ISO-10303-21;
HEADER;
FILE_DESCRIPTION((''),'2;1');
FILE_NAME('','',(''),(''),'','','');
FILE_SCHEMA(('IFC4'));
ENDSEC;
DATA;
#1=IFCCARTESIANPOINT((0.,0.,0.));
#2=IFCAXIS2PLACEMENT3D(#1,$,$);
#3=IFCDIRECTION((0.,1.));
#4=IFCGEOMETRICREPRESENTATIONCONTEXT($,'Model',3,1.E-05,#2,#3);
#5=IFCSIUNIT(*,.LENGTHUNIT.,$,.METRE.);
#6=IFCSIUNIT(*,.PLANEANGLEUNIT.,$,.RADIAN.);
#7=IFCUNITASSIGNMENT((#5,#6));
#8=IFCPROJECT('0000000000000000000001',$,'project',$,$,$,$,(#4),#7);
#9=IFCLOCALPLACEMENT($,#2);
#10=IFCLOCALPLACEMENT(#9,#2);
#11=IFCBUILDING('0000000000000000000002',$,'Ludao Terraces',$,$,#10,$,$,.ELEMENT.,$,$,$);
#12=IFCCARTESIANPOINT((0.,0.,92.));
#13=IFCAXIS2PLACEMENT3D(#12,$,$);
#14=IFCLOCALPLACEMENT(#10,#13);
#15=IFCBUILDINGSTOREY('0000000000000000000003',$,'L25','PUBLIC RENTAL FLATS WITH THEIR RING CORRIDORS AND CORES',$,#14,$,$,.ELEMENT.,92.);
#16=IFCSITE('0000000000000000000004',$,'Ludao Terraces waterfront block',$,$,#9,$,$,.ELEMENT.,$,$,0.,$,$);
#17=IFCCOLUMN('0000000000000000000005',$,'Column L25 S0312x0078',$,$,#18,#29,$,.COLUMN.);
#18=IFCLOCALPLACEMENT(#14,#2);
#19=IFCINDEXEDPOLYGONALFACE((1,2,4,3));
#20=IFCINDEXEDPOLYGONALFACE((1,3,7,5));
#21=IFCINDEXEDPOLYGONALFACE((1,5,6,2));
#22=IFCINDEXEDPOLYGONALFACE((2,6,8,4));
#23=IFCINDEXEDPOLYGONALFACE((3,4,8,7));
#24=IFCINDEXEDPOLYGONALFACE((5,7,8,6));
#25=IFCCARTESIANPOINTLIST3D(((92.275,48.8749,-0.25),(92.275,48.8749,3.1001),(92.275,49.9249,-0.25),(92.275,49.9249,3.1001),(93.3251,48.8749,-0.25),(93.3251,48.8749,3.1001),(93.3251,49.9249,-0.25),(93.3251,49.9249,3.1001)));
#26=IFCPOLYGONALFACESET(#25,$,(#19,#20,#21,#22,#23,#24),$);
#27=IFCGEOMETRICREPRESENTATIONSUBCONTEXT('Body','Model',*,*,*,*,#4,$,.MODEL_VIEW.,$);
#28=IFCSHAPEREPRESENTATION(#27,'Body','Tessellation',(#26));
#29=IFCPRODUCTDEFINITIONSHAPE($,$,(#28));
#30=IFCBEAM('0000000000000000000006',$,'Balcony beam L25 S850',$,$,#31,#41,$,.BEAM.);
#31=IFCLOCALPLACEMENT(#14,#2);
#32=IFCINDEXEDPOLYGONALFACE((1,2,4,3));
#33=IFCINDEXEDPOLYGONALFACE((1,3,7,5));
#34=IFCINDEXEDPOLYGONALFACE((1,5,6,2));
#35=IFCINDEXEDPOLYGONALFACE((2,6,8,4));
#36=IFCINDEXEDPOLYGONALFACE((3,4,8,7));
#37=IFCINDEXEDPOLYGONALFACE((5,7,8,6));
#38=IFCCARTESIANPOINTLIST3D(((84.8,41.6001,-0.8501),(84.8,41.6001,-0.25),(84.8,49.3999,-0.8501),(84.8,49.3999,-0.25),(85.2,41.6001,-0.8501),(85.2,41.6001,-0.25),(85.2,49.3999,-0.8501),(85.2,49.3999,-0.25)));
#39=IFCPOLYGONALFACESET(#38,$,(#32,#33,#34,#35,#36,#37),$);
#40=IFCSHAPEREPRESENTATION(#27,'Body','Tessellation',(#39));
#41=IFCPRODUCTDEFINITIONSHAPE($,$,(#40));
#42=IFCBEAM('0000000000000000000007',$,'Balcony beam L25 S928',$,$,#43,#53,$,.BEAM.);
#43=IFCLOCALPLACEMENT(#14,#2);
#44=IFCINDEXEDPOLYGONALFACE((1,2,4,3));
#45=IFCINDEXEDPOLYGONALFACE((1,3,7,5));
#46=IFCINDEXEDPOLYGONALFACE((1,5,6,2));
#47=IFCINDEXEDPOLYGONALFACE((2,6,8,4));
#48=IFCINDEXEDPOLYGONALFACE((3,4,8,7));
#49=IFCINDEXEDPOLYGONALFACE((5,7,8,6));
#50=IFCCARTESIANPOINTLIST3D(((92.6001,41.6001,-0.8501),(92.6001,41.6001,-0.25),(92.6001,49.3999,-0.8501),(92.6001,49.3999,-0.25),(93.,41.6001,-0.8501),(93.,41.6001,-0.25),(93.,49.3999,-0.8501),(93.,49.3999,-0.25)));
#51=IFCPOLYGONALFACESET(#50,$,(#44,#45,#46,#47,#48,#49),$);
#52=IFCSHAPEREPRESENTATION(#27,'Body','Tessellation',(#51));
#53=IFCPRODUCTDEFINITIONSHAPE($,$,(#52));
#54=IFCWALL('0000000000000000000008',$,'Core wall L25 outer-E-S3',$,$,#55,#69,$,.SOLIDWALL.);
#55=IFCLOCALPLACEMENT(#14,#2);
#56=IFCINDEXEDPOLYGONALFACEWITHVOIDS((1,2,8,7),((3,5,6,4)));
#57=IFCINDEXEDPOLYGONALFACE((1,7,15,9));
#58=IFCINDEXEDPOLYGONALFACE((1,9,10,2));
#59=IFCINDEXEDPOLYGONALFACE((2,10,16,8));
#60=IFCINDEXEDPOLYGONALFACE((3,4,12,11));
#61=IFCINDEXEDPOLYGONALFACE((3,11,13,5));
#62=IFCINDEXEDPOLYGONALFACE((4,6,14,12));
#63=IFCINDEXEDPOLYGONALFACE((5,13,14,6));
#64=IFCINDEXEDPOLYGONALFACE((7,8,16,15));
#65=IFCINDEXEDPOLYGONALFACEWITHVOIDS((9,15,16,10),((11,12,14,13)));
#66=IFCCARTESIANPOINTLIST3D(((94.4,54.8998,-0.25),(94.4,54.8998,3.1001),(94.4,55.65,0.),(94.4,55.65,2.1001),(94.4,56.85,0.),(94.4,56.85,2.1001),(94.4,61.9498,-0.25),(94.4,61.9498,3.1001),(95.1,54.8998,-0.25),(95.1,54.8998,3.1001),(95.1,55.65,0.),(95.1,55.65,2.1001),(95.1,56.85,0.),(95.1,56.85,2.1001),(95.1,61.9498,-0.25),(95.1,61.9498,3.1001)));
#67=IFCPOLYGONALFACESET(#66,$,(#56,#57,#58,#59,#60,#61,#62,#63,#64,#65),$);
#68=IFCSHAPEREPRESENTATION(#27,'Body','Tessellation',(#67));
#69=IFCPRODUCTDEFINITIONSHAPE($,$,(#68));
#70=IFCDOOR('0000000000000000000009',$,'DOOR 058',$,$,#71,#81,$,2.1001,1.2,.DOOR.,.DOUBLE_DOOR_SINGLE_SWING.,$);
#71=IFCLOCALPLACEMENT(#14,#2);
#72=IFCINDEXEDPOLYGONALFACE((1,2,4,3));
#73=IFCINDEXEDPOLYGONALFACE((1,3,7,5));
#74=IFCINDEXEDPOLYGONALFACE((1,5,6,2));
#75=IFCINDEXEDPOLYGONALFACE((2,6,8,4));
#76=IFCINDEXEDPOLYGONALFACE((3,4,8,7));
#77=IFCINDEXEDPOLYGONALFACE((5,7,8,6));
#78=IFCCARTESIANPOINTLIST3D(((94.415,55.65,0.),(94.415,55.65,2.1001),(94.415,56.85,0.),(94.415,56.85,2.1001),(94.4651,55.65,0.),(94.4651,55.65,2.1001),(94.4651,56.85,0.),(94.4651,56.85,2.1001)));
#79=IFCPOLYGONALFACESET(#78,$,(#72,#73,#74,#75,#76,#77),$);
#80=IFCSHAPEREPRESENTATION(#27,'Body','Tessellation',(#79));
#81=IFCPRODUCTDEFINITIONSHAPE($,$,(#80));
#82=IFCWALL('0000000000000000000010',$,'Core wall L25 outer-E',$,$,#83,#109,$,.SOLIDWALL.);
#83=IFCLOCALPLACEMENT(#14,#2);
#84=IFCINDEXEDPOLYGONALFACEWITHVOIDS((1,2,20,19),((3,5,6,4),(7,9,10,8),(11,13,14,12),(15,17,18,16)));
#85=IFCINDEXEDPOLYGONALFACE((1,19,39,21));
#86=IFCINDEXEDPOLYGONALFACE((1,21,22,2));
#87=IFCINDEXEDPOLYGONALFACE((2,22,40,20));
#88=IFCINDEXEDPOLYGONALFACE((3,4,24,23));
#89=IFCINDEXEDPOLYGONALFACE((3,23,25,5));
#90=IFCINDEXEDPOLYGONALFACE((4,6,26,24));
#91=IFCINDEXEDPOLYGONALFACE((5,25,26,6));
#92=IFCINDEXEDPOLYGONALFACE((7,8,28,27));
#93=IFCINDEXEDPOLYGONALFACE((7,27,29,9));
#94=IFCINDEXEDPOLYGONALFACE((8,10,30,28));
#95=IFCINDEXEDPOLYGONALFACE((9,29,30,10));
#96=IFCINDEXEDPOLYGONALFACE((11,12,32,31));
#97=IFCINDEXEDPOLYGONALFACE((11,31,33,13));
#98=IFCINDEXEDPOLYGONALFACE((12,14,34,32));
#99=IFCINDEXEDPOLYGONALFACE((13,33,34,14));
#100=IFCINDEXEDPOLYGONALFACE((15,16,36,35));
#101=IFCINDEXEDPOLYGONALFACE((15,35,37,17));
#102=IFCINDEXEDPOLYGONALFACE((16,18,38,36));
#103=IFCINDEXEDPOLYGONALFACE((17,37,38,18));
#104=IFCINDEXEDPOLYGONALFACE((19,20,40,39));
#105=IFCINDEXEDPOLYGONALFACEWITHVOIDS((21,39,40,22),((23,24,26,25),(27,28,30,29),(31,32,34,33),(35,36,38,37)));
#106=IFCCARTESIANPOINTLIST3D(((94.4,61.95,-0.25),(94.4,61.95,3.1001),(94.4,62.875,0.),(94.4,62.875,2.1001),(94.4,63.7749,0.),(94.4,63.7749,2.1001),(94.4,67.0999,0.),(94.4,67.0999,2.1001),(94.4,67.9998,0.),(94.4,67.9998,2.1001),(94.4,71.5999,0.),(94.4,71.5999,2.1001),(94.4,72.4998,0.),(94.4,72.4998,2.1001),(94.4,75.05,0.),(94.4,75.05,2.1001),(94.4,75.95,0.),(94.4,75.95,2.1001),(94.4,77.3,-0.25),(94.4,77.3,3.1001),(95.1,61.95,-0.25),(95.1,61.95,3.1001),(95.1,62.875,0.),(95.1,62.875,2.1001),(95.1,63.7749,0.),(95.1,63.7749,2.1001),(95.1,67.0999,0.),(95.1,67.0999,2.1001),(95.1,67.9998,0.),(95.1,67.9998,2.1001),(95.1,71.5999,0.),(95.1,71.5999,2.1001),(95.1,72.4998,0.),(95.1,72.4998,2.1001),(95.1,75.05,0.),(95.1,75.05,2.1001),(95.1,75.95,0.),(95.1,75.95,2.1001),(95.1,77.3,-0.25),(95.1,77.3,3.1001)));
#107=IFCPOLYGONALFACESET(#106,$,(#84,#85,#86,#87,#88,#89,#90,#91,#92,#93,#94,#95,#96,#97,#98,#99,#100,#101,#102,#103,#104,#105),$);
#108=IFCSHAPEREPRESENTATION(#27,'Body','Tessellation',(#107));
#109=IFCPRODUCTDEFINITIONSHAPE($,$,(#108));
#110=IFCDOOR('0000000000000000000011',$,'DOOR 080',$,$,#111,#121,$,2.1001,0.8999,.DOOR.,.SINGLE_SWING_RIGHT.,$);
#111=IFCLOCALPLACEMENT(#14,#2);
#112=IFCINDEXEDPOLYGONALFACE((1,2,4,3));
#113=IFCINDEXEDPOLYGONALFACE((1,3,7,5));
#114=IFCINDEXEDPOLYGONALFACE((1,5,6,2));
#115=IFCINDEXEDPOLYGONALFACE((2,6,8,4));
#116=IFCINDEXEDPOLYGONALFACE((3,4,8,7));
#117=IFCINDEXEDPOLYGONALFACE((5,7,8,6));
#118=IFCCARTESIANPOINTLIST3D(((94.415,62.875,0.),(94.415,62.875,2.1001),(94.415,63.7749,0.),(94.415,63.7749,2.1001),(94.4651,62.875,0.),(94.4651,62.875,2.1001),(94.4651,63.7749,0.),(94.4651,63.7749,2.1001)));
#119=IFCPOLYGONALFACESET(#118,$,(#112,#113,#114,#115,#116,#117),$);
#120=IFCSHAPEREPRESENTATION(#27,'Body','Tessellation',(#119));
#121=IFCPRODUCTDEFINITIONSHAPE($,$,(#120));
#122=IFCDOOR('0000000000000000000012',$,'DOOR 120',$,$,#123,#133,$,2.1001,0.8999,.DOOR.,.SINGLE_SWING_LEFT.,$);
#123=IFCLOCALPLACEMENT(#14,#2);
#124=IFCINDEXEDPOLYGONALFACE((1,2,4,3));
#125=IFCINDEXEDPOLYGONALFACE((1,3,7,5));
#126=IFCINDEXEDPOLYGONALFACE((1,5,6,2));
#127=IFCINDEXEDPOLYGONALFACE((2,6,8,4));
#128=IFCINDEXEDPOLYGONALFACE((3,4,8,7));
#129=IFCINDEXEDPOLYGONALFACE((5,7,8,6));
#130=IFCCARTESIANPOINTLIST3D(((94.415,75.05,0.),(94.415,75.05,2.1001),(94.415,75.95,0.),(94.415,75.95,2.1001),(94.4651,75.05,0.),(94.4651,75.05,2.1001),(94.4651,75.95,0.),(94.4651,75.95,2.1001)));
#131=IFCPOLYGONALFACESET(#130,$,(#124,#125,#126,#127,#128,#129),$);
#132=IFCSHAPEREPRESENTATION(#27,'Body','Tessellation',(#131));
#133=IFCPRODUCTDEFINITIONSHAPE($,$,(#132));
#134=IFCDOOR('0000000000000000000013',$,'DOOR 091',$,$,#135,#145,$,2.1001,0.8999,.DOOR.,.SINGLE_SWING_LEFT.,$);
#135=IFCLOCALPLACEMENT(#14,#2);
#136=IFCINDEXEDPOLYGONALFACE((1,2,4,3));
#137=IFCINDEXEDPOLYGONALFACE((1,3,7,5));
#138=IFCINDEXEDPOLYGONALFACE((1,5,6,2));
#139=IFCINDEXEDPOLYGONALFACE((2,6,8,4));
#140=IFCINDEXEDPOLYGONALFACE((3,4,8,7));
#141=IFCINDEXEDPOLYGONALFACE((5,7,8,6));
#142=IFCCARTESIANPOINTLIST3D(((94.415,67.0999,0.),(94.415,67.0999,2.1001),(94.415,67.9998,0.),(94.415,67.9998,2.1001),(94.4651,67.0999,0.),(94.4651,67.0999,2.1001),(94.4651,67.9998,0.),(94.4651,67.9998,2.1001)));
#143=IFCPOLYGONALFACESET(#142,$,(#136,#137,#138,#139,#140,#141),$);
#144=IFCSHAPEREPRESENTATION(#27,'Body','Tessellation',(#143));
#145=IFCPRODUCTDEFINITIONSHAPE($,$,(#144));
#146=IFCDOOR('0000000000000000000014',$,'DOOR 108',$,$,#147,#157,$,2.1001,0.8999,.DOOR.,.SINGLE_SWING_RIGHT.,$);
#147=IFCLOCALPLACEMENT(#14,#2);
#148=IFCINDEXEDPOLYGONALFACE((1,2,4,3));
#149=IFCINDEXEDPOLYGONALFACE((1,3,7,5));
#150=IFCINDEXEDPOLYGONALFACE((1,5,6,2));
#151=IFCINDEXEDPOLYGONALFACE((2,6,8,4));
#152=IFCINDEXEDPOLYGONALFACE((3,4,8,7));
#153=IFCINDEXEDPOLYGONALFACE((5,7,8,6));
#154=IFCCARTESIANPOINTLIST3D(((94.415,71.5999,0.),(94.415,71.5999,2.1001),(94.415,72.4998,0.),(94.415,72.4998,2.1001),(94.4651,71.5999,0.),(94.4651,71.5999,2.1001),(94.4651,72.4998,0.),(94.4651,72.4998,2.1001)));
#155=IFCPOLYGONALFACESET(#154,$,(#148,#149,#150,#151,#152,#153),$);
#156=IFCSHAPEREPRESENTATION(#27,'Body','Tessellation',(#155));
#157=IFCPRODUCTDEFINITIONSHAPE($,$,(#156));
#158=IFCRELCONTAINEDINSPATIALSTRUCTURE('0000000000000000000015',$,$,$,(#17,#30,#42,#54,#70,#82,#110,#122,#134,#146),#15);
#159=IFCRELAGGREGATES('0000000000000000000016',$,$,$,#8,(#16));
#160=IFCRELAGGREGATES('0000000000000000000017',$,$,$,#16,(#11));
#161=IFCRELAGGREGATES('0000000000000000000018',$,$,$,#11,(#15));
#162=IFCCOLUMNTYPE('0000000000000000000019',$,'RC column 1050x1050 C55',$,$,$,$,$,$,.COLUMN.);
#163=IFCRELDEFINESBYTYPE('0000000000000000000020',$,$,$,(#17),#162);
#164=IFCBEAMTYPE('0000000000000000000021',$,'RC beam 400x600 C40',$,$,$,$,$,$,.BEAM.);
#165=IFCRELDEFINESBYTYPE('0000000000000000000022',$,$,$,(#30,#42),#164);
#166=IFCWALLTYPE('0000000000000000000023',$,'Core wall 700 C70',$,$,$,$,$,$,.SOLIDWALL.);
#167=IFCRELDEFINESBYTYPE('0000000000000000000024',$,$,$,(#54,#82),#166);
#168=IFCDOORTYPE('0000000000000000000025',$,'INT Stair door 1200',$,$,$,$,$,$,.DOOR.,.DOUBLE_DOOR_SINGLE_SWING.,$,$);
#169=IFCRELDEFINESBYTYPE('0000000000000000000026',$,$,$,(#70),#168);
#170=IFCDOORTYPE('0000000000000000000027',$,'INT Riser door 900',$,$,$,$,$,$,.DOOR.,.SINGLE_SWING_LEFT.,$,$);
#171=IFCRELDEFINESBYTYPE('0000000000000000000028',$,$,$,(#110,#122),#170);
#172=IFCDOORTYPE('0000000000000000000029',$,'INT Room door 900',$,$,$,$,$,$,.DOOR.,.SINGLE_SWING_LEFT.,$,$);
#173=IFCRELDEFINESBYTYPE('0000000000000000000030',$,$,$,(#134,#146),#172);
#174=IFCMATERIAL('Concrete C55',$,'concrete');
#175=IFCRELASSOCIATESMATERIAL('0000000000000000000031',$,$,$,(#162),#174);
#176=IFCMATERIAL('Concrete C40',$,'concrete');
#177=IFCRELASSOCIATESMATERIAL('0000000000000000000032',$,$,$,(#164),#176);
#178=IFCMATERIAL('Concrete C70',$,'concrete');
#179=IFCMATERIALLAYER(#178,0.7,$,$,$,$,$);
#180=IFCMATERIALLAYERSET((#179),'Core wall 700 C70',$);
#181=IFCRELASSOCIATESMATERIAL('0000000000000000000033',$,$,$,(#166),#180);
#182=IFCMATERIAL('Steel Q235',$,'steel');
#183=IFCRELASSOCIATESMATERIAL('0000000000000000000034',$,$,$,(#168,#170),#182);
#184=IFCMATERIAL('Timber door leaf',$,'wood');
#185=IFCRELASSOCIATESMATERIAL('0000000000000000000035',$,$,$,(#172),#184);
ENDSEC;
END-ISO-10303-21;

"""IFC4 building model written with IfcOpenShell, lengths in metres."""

from ifc_helpers import new_model, si_unit, direction, frame, frame_2d, origin, origin_2d, place, context, subcontext, project, spatial, rectangle, extrude, material, layer, layer_set, material_profile, profile_set, type_object, element, fill, save


model = new_model("IFC4")

# Units and contexts
model_context = context("Model", 3, precision=1e-05, world=origin(), true_north=direction((0.0, 1.0)))
body_context = subcontext(model_context, "Body", "Model", "MODEL_VIEW")
ifc_project = project(units=[si_unit("LENGTHUNIT", "METRE"), si_unit("PLANEANGLEUNIT", "RADIAN")], contexts=[model_context])

# Site, building, storey
site_placement = place(None, origin())
site = spatial("IfcSite", under=ifc_project, at=site_placement, Name="Ludao Terraces waterfront block", CompositionType="ELEMENT", RefElevation=0.0)
building_placement = place(site_placement, origin())
building = spatial("IfcBuilding", under=site, at=building_placement, Name="Ludao Terraces", CompositionType="ELEMENT")
storey_placement = place(building_placement, frame((0.0, 0.0, 92.0)))
storey = spatial("IfcBuildingStorey", under=building, at=storey_placement, Name="L25", Description="PUBLIC RENTAL FLATS WITH THEIR RING CORRIDORS AND CORES", CompositionType="ELEMENT", Elevation=92.0)

# Column
ifc_material_1 = material(Name="Concrete C55", Category="concrete")
ifc_material_profile_1 = material_profile(ifc_material_1, rectangle(XDim=1.05, YDim=1.05, at=origin_2d()), Name="1050 X 1050")
ifc_profile_set_1 = profile_set([ifc_material_profile_1], Name="Concrete C55")
column_type = type_object("IfcColumnType", Name="RC column 1050x1050 C55", PredefinedType="COLUMN", material=ifc_profile_set_1)
column_placement = place(storey_placement, frame((92.8, 49.3999, -0.25), z_axis=(0.0, 0.0, 1.0), x_axis=(1.0, 0.0, 0.0)))
element("IfcColumn", 1, at=column_placement, inside=storey, type_object=column_type, Name="Column L25 S0312x0078", PredefinedType="COLUMN", context=body_context, shape_type="SweptSolid", body=[
    extrude(rectangle(XDim=1.05, YDim=1.05, at=origin_2d()), origin(), (0.0, 0.0, 1.0), 3.3501),
])

# Beams
ifc_material_2 = material(Name="Concrete C40", Category="concrete")
ifc_material_profile_2 = material_profile(ifc_material_2, rectangle(XDim=0.3999, YDim=0.6001, at=origin_2d()), Name="400 X 600")
ifc_profile_set_2 = profile_set([ifc_material_profile_2], Name="Concrete C40")
beam_type = type_object("IfcBeamType", Name="RC beam 400x600 C40", PredefinedType="BEAM", material=ifc_profile_set_2)
for number, where, z_axis, x_axis, name in (
    (2, (85.0, 49.3999, -0.55), (0.0, -1.0, 0.0), (1.0, 0.0, 0.0), "Balcony beam L25 S850"),
    (3, (92.8, 49.3999, -0.55), (0.0, -1.0, 0.0), (1.0, 0.0, 0.0), "Balcony beam L25 S928"),
):
    element("IfcBeam", number, at=place(storey_placement, frame(where, z_axis=z_axis, x_axis=x_axis)), inside=storey, type_object=beam_type, Name=name, PredefinedType="BEAM", context=body_context, shape_type="SweptSolid", body=[
        extrude(rectangle(XDim=0.3999, YDim=0.6001, at=origin_2d()), origin(), (0.0, 0.0, 1.0), 7.7998),
    ])

# Wall, opening, door
ifc_material_3 = material(Name="Concrete C70", Category="concrete")
ifc_layer_1 = layer(ifc_material_3, 0.7)
ifc_layer_set_1 = layer_set([ifc_layer_1], Name="Core wall 700 C70")
wall_type_1 = type_object("IfcWallType", Name="Core wall 700 C70", PredefinedType="SOLIDWALL", material=ifc_layer_set_1)
wall_1_placement = place(storey_placement, frame((94.75, 54.8999, -0.25), z_axis=(0.0, 0.0, 1.0), x_axis=(0.0, 1.0, 0.0)))
wall_1 = element("IfcWall", 4, at=wall_1_placement, inside=storey, type_object=wall_type_1, Name="Core wall L25 outer-E-S3", PredefinedType="SOLIDWALL", context=body_context, shape_type="SweptSolid", body=[
    extrude(rectangle(XDim=7.05, YDim=0.7, at=frame_2d((3.5249, 0.0))), origin(), (0.0, 0.0, 1.0), 3.3501),
])
opening_1_placement = place(wall_1_placement, frame((0.75, 0.0, 0.25)))
opening_1 = element("IfcOpeningElement", 5, at=opening_1_placement, cuts=wall_1, PredefinedType="OPENING", context=body_context, shape_type="SweptSolid", body=[
    extrude(rectangle(XDim=1.2, YDim=2.1001, at=frame_2d((0.6001, 1.05))), frame((0.0, 0.3599, 0.0), z_axis=(0.0, -1.0, 0.0), x_axis=(1.0, 0.0, 0.0)), (0.0, 0.0, 1.0), 0.72),
])
ifc_material_4 = material(Name="Steel Q235", Category="steel")
door_type_1 = type_object("IfcDoorType", Name="INT Stair door 1200", OperationType="DOUBLE_DOOR_SINGLE_SWING", PredefinedType="DOOR", material=ifc_material_4)
door_1_placement = place(opening_1_placement, origin())
door_1 = element("IfcDoor", 6, at=door_1_placement, inside=storey, type_object=door_type_1, Name="DOOR 058", OperationType="DOUBLE_DOOR_SINGLE_SWING", OverallHeight=2.1001, OverallWidth=1.2, PredefinedType="DOOR", context=body_context, shape_type="SweptSolid", body=[
    extrude(rectangle(XDim=1.2, YDim=2.1001, at=frame_2d((0.6001, 1.05))), frame((0.0, 0.335, 0.0), z_axis=(0.0, -1.0, 0.0), x_axis=(1.0, 0.0, 0.0)), (0.0, 0.0, 1.0), 0.05),
])
fill(opening_1, door_1)

# Wall, openings, doors
wall_2_placement = place(storey_placement, frame((94.75, 61.95, -0.25), z_axis=(0.0, 0.0, 1.0), x_axis=(0.0, 1.0, 0.0)))
wall_2 = element("IfcWall", 7, at=wall_2_placement, inside=storey, type_object=wall_type_1, Name="Core wall L25 outer-E", PredefinedType="SOLIDWALL", context=body_context, shape_type="SweptSolid", body=[
    extrude(rectangle(XDim=15.3501, YDim=0.7, at=frame_2d((7.675, 0.0))), origin(), (0.0, 0.0, 1.0), 3.3501),
])
opening_2_placement = place(wall_2_placement, frame((0.925, 0.0, 0.25)))
opening_2 = element("IfcOpeningElement", 8, at=opening_2_placement, cuts=wall_2, PredefinedType="OPENING", context=body_context, shape_type="SweptSolid", body=[
    extrude(rectangle(XDim=0.8999, YDim=2.1001, at=frame_2d((0.45, 1.05))), frame((0.0, 0.3599, 0.0), z_axis=(0.0, -1.0, 0.0), x_axis=(1.0, 0.0, 0.0)), (0.0, 0.0, 1.0), 0.72),
])
opening_3_placement = place(wall_2_placement, frame((5.1499, 0.0, 0.25)))
opening_3 = element("IfcOpeningElement", 9, at=opening_3_placement, cuts=wall_2, PredefinedType="OPENING", context=body_context, shape_type="SweptSolid", body=[
    extrude(rectangle(XDim=0.8999, YDim=2.1001, at=frame_2d((0.45, 1.05))), frame((0.0, 0.3599, 0.0), z_axis=(0.0, -1.0, 0.0), x_axis=(1.0, 0.0, 0.0)), (0.0, 0.0, 1.0), 0.72),
])
opening_4_placement = place(wall_2_placement, frame((9.6499, 0.0, 0.25)))
opening_4 = element("IfcOpeningElement", 10, at=opening_4_placement, cuts=wall_2, PredefinedType="OPENING", context=body_context, shape_type="SweptSolid", body=[
    extrude(rectangle(XDim=0.8999, YDim=2.1001, at=frame_2d((0.45, 1.05))), frame((0.0, 0.3599, 0.0), z_axis=(0.0, -1.0, 0.0), x_axis=(1.0, 0.0, 0.0)), (0.0, 0.0, 1.0), 0.72),
])
opening_5_placement = place(wall_2_placement, frame((13.1001, 0.0, 0.25)))
opening_5 = element("IfcOpeningElement", 11, at=opening_5_placement, cuts=wall_2, PredefinedType="OPENING", context=body_context, shape_type="SweptSolid", body=[
    extrude(rectangle(XDim=0.8999, YDim=2.1001, at=frame_2d((0.45, 1.05))), frame((0.0, 0.3599, 0.0), z_axis=(0.0, -1.0, 0.0), x_axis=(1.0, 0.0, 0.0)), (0.0, 0.0, 1.0), 0.72),
])
door_type_2 = type_object("IfcDoorType", Name="INT Riser door 900", OperationType="SINGLE_SWING_LEFT", PredefinedType="DOOR", material=ifc_material_4)
door_2_placement = place(opening_2_placement, origin())
door_2 = element("IfcDoor", 12, at=door_2_placement, inside=storey, type_object=door_type_2, Name="DOOR 080", OperationType="SINGLE_SWING_RIGHT", OverallHeight=2.1001, OverallWidth=0.8999, PredefinedType="DOOR", context=body_context, shape_type="SweptSolid", body=[
    extrude(rectangle(XDim=0.8999, YDim=2.1001, at=frame_2d((0.45, 1.05))), frame((0.0, 0.335, 0.0), z_axis=(0.0, -1.0, 0.0), x_axis=(1.0, 0.0, 0.0)), (0.0, 0.0, 1.0), 0.05),
])
fill(opening_2, door_2)
door_3_placement = place(opening_5_placement, origin())
door_3 = element("IfcDoor", 13, at=door_3_placement, inside=storey, type_object=door_type_2, Name="DOOR 120", OperationType="SINGLE_SWING_LEFT", OverallHeight=2.1001, OverallWidth=0.8999, PredefinedType="DOOR", context=body_context, shape_type="SweptSolid", body=[
    extrude(rectangle(XDim=0.8999, YDim=2.1001, at=frame_2d((0.45, 1.05))), frame((0.0, 0.335, 0.0), z_axis=(0.0, -1.0, 0.0), x_axis=(1.0, 0.0, 0.0)), (0.0, 0.0, 1.0), 0.05),
])
fill(opening_5, door_3)
ifc_material_5 = material(Name="Timber door leaf", Category="wood")
door_type_3 = type_object("IfcDoorType", Name="INT Room door 900", OperationType="SINGLE_SWING_LEFT", PredefinedType="DOOR", material=ifc_material_5)
door_4_placement = place(opening_3_placement, origin())
door_4 = element("IfcDoor", 14, at=door_4_placement, inside=storey, type_object=door_type_3, Name="DOOR 091", OperationType="SINGLE_SWING_LEFT", OverallHeight=2.1001, OverallWidth=0.8999, PredefinedType="DOOR", context=body_context, shape_type="SweptSolid", body=[
    extrude(rectangle(XDim=0.8999, YDim=2.1001, at=frame_2d((0.45, 1.05))), frame((0.0, 0.335, 0.0), z_axis=(0.0, -1.0, 0.0), x_axis=(1.0, 0.0, 0.0)), (0.0, 0.0, 1.0), 0.05),
])
fill(opening_3, door_4)
door_5_placement = place(opening_4_placement, origin())
door_5 = element("IfcDoor", 15, at=door_5_placement, inside=storey, type_object=door_type_3, Name="DOOR 108", OperationType="SINGLE_SWING_RIGHT", OverallHeight=2.1001, OverallWidth=0.8999, PredefinedType="DOOR", context=body_context, shape_type="SweptSolid", body=[
    extrude(rectangle(XDim=0.8999, YDim=2.1001, at=frame_2d((0.45, 1.05))), frame((0.0, 0.335, 0.0), z_axis=(0.0, -1.0, 0.0), x_axis=(1.0, 0.0, 0.0)), (0.0, 0.0, 1.0), 0.05),
])
fill(opening_4, door_5)

save(model, "model.ifc")
